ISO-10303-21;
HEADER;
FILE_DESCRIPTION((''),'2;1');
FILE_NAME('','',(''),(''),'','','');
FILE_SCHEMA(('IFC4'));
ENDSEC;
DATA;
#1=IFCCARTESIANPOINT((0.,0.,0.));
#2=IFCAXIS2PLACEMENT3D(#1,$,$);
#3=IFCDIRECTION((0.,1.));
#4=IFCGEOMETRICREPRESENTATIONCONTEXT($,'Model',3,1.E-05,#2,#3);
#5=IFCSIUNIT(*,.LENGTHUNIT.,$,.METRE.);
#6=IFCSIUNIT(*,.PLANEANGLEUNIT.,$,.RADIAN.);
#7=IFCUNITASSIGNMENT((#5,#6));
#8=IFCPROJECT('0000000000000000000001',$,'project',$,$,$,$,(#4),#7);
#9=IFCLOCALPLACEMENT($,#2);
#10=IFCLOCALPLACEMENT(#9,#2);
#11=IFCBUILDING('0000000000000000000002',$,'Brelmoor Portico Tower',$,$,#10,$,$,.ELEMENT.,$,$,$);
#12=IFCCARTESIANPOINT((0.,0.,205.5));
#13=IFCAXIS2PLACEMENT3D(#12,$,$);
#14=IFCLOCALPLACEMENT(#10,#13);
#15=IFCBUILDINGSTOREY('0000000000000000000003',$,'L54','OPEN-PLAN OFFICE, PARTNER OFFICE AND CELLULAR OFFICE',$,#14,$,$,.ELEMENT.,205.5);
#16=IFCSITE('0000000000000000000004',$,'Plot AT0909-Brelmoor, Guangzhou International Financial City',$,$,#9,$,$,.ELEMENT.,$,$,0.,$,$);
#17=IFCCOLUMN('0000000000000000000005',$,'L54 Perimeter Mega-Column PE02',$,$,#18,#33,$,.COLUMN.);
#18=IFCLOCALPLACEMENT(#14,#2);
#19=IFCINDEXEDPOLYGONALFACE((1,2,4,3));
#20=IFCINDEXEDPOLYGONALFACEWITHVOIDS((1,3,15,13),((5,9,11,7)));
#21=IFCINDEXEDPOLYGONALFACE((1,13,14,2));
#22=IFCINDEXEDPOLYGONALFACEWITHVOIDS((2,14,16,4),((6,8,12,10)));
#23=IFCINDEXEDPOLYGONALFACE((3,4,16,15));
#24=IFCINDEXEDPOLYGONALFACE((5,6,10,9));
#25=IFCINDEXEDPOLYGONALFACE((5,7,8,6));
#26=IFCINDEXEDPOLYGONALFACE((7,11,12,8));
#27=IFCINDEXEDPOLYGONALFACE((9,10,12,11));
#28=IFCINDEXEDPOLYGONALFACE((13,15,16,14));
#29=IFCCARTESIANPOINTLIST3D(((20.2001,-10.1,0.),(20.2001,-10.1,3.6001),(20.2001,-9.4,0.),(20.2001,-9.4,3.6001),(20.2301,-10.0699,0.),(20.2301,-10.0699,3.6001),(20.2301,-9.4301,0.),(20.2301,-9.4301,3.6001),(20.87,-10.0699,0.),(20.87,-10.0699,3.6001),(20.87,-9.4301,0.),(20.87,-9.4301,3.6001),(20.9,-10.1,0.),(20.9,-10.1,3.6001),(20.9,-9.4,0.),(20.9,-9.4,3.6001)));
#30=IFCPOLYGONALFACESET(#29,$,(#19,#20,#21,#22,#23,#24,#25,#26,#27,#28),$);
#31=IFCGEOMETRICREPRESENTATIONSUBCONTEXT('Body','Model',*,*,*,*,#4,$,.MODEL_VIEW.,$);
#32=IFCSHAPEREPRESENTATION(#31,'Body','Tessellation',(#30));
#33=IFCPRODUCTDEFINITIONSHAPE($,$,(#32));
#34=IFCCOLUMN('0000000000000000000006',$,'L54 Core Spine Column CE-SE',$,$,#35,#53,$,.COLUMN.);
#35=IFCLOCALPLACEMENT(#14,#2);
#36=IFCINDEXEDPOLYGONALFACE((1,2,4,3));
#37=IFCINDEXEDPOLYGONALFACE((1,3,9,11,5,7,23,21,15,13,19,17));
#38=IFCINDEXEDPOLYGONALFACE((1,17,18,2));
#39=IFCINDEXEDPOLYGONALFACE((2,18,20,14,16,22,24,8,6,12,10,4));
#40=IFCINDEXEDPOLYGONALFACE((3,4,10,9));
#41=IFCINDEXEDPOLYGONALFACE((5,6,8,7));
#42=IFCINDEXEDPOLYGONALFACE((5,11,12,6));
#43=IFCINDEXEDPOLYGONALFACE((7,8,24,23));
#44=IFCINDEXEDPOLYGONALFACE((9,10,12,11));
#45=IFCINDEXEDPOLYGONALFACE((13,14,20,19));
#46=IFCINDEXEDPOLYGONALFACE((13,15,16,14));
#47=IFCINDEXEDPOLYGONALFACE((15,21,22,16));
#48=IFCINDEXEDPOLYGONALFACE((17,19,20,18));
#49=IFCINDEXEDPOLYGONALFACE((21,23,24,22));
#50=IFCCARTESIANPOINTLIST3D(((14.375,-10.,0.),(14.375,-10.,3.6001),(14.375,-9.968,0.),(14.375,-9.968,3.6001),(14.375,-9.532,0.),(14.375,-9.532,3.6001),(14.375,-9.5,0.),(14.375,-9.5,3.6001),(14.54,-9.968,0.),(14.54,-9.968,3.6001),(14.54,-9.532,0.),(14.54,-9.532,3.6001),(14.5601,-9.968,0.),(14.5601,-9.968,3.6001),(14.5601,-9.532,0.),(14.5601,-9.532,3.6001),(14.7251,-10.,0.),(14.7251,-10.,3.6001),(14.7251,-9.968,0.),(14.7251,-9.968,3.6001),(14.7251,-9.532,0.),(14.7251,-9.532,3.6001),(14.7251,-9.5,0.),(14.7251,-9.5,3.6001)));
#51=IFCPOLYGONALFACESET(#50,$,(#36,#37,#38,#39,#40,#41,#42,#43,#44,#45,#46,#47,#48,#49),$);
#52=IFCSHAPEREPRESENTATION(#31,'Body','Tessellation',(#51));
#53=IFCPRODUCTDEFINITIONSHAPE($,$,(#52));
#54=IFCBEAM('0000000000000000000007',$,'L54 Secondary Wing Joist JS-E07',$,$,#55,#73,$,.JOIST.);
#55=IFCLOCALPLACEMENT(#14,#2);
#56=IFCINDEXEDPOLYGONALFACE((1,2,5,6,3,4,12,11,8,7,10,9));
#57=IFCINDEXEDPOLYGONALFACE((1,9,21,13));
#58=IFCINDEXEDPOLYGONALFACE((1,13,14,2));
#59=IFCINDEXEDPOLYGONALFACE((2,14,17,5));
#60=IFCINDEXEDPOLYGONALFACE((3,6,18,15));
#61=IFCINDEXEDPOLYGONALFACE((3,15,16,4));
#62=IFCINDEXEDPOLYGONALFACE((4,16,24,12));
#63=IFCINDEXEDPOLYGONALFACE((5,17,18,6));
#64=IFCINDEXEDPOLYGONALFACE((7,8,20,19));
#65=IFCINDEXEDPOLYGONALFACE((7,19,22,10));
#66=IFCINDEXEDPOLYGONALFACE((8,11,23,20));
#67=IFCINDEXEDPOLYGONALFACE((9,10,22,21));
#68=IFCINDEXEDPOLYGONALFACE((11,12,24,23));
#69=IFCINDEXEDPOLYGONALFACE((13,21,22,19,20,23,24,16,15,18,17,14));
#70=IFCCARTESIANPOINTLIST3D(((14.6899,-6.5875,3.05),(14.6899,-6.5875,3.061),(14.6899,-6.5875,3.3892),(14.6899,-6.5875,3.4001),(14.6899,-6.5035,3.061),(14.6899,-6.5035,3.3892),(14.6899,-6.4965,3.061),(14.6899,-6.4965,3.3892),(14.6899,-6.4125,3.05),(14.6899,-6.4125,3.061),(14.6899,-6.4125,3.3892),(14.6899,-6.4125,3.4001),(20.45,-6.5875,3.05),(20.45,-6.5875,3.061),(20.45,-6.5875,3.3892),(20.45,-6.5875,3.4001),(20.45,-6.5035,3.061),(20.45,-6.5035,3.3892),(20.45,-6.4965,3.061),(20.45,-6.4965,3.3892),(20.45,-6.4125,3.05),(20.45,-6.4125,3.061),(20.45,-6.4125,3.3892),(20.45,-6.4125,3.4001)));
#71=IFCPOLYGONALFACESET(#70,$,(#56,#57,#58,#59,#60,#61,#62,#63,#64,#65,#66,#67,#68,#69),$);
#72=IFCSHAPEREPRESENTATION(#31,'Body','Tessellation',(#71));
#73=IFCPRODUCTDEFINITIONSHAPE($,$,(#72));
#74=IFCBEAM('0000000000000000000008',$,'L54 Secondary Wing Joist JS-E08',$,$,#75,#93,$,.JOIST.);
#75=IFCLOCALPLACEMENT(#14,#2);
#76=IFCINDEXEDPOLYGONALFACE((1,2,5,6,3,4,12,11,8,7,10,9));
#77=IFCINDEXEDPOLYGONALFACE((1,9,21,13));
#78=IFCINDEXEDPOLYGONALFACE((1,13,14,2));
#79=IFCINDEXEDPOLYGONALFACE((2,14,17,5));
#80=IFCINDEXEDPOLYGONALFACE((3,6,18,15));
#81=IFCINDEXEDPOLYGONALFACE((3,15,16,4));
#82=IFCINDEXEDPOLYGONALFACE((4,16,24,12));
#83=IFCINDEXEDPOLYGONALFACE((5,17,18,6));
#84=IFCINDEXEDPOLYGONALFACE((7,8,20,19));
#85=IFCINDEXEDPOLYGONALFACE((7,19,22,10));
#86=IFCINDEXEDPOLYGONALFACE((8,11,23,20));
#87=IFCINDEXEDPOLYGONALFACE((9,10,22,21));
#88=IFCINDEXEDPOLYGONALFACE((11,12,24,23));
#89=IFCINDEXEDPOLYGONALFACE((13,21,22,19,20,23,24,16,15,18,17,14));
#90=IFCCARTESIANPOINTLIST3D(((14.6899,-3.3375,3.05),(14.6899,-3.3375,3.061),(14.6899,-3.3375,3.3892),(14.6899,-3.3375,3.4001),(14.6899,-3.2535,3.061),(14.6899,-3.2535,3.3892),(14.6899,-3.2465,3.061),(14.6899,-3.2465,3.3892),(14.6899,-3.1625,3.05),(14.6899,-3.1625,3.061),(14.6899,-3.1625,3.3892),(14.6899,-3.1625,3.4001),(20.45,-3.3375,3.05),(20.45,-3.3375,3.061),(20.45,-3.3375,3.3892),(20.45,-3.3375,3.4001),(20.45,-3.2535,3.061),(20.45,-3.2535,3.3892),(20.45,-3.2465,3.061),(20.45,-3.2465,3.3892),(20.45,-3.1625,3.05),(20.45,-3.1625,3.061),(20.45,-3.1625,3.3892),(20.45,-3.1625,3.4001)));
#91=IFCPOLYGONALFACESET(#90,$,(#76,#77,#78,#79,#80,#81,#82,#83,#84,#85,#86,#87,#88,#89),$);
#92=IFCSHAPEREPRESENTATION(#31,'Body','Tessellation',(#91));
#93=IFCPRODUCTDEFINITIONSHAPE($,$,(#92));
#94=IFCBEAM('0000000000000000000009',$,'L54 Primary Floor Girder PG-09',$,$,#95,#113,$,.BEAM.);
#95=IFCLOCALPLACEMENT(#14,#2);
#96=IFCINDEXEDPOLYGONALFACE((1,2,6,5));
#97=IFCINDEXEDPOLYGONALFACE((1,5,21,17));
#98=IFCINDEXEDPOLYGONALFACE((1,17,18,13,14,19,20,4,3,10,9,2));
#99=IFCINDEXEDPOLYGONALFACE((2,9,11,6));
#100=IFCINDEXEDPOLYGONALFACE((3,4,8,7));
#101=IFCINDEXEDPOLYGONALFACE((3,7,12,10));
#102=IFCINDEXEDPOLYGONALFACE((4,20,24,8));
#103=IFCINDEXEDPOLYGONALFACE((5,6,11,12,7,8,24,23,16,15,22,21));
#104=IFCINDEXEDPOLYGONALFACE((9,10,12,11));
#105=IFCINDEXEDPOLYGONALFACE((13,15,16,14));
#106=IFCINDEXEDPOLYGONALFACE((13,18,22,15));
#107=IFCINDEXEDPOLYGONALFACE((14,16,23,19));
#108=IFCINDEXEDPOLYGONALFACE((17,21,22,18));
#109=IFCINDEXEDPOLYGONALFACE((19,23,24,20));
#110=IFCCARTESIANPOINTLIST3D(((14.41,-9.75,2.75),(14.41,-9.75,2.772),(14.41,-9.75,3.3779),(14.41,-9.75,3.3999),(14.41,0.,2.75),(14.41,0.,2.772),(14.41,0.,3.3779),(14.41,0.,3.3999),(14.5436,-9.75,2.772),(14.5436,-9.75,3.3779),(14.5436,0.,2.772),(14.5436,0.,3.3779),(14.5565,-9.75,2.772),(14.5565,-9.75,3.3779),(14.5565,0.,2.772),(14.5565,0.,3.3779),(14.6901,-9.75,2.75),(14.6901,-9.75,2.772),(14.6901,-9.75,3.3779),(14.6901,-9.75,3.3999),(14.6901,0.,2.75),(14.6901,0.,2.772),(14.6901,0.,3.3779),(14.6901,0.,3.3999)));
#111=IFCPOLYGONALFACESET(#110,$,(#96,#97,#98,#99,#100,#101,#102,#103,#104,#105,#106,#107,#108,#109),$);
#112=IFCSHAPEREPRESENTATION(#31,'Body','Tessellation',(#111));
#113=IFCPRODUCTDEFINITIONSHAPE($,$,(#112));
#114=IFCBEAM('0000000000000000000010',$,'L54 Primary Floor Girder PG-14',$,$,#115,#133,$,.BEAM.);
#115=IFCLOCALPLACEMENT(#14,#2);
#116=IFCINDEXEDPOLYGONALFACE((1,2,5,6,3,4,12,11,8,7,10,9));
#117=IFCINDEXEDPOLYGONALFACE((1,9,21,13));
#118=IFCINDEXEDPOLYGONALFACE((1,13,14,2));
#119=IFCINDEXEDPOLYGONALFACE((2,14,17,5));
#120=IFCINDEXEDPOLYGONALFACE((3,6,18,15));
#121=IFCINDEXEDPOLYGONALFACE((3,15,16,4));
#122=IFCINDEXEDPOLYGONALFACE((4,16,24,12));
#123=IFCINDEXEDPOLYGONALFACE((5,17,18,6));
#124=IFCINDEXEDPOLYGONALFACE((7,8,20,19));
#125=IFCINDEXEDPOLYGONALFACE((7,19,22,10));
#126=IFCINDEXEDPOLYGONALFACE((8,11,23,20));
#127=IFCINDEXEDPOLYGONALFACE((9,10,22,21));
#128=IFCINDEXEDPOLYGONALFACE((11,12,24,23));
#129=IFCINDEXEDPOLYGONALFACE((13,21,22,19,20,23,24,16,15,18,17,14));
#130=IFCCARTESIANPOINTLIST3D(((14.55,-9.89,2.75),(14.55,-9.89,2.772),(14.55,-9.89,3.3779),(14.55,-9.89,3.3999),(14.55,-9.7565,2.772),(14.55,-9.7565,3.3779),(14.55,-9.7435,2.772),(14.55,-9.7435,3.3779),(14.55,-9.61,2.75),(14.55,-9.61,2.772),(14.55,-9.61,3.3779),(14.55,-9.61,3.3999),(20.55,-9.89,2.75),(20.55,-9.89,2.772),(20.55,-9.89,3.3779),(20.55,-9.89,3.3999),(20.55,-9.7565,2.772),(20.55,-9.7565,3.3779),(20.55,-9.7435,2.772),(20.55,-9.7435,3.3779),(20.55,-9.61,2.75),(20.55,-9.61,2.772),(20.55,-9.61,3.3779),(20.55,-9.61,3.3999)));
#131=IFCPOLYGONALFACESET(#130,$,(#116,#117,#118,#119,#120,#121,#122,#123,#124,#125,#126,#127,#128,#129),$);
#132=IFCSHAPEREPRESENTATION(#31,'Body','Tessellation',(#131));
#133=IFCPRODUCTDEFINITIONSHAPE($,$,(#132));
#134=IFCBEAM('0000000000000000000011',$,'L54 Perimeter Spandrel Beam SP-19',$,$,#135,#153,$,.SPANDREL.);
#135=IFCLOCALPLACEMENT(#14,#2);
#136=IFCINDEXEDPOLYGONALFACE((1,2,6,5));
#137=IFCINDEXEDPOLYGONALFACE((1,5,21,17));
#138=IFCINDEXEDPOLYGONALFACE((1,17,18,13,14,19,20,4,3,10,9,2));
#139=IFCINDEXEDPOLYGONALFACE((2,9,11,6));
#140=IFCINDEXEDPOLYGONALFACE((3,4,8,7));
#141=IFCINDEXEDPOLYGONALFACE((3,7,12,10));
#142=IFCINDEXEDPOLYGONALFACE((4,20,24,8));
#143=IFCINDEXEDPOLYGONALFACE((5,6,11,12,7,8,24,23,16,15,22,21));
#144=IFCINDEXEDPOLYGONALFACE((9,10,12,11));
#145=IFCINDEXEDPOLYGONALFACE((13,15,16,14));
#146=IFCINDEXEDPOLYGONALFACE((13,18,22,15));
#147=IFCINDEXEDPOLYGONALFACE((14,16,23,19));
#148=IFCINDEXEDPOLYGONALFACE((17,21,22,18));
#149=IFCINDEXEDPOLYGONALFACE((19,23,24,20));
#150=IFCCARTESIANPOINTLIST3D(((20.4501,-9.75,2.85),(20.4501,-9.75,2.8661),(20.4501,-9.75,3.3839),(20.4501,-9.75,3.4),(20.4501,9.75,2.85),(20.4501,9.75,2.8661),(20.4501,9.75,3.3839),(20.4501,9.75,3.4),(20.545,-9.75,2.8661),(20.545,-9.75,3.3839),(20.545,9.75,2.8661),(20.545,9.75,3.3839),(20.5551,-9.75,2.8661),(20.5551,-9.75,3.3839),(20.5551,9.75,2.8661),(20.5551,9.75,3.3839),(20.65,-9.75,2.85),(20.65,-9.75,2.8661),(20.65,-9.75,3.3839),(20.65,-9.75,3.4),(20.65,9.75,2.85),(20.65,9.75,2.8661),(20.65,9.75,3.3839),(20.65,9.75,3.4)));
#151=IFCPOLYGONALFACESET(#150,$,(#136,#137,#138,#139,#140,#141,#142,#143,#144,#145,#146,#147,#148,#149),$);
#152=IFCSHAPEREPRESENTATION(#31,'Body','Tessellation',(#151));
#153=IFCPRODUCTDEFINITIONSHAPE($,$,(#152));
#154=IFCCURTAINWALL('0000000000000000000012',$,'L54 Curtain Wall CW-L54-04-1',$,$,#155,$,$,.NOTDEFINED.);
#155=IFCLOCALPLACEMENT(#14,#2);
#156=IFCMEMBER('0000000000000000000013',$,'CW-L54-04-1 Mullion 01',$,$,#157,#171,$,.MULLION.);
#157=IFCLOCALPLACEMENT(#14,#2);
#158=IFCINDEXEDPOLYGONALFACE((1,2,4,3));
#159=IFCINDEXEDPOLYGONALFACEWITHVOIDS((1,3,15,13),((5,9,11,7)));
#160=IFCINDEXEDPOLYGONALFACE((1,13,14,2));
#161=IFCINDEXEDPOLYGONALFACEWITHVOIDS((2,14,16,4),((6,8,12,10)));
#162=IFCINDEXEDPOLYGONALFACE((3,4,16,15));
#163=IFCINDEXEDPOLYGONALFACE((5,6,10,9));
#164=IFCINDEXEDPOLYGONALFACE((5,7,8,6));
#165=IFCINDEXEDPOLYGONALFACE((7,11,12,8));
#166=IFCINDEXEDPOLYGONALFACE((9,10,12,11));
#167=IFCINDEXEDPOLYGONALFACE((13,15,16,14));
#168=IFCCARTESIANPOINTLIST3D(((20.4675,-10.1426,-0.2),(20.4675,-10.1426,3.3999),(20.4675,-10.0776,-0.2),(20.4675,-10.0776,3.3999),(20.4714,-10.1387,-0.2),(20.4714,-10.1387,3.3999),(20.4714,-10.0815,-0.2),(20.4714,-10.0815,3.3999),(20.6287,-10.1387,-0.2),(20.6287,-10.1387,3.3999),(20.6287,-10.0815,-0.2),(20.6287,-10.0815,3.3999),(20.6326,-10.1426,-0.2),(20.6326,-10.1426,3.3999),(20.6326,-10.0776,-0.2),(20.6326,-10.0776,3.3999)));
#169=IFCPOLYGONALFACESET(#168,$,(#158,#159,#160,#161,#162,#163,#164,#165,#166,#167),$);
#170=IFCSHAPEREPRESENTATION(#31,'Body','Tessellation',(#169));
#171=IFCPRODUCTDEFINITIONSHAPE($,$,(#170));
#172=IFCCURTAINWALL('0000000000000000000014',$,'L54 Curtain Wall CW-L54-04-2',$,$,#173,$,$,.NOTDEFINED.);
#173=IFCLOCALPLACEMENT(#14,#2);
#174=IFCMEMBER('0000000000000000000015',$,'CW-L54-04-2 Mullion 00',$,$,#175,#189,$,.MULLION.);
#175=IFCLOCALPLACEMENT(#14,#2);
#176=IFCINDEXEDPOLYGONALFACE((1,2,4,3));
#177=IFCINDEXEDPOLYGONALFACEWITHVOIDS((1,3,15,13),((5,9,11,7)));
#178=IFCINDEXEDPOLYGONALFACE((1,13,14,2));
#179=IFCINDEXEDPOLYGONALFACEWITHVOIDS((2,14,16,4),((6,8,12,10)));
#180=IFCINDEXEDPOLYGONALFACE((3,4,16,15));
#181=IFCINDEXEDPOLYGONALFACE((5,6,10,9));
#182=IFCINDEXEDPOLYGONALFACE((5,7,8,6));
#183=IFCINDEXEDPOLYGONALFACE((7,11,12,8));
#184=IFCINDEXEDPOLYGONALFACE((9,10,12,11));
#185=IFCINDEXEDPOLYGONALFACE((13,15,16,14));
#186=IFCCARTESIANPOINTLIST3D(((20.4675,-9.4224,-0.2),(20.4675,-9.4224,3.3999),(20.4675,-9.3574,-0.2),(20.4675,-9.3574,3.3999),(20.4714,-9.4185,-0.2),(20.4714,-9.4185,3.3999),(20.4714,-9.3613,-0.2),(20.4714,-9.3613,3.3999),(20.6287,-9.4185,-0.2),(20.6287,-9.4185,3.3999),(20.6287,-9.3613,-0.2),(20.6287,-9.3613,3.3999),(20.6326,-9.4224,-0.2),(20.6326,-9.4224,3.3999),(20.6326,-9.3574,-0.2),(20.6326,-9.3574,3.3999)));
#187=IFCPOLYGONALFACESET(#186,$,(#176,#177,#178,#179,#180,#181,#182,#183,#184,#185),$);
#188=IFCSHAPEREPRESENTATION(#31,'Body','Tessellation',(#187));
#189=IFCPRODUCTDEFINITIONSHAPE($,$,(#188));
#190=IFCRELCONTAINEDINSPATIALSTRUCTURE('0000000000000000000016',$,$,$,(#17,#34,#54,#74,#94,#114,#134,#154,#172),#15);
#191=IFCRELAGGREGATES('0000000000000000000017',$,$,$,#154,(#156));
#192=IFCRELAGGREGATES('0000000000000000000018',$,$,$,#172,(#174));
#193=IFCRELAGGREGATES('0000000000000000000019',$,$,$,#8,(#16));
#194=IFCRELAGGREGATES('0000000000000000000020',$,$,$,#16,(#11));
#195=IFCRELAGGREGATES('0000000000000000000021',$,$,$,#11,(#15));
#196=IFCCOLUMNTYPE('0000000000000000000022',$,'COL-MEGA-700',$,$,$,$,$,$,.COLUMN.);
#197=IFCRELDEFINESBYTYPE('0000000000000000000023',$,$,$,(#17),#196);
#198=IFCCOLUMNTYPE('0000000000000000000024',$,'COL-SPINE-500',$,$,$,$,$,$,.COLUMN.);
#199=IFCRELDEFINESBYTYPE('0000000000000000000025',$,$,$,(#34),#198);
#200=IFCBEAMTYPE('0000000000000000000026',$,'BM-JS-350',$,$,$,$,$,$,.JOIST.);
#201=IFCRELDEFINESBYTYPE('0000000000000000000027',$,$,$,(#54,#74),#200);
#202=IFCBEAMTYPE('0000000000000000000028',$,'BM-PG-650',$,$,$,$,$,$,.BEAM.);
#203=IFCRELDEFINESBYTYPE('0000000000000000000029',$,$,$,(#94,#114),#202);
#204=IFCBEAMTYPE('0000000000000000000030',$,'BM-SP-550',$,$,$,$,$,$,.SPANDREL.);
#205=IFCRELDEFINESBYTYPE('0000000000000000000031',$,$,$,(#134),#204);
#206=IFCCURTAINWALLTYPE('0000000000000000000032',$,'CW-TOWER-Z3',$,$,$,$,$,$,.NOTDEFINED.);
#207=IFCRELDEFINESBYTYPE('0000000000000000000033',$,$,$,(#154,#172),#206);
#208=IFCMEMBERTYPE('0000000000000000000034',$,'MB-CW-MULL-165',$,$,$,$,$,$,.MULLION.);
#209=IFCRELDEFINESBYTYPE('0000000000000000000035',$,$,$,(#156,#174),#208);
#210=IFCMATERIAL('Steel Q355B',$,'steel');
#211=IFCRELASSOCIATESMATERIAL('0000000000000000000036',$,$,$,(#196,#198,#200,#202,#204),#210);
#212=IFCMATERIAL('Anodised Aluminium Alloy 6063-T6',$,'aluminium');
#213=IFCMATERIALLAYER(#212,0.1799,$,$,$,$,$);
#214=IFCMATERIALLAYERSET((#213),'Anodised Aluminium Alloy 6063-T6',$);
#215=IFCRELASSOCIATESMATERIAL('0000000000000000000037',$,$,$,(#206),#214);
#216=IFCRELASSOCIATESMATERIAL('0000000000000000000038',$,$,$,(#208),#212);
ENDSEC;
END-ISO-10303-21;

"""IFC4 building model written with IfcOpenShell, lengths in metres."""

from ifc_helpers import new_model, si_unit, direction, frame, origin, origin_2d, place, context, subcontext, project, spatial, hollow_rectangle, i_section, extrude, material, layer, layer_set, material_profile, profile_set, type_object, element, aggregate, save


model = new_model("IFC4")

# Units and contexts
model_context = context("Model", 3, precision=1e-05, world=origin(), true_north=direction((0.0, 1.0)))
body_context = subcontext(model_context, "Body", "Model", "MODEL_VIEW")
ifc_project = project(units=[si_unit("LENGTHUNIT", "METRE"), si_unit("PLANEANGLEUNIT", "RADIAN")], contexts=[model_context])

# Site, building, storey
site_placement = place(None, origin())
site = spatial("IfcSite", under=ifc_project, at=site_placement, Name="Plot AT0909-Brelmoor, Guangzhou International Financial City", CompositionType="ELEMENT", RefElevation=0.0)
building_placement = place(site_placement, origin())
building = spatial("IfcBuilding", under=site, at=building_placement, Name="Brelmoor Portico Tower", CompositionType="ELEMENT")
storey_placement = place(building_placement, frame((0.0, 0.0, 205.5)))
storey = spatial("IfcBuildingStorey", under=building, at=storey_placement, Name="L54", Description="OPEN-PLAN OFFICE, PARTNER OFFICE AND CELLULAR OFFICE", CompositionType="ELEMENT", Elevation=205.5)

# Columns
ifc_material_1 = material(Name="Steel Q355B", Category="steel")
ifc_material_profile_1 = material_profile(ifc_material_1, hollow_rectangle(XDim=0.7, YDim=0.7, WallThickness=0.03, at=origin_2d()), Name="BOX 700x700x30")
ifc_profile_set_1 = profile_set([ifc_material_profile_1], Name="Steel Q355B")
column_type_1 = type_object("IfcColumnType", Name="COL-MEGA-700", PredefinedType="COLUMN", material=ifc_profile_set_1)
column_1_placement = place(storey_placement, frame((20.55, -9.75, 0.0), z_axis=(0.0, 0.0, 1.0), x_axis=(0.0, 1.0, 0.0)))
element("IfcColumn", 1, at=column_1_placement, inside=storey, type_object=column_type_1, Name="L54 Perimeter Mega-Column PE02", PredefinedType="COLUMN", context=body_context, shape_type="SweptSolid", body=[
    extrude(hollow_rectangle(XDim=0.7, YDim=0.7, WallThickness=0.03, at=origin_2d()), origin(), (0.0, 0.0, 1.0), 3.6001),
])
ifc_material_profile_2 = material_profile(ifc_material_1, i_section(OverallWidth=0.3501, OverallDepth=0.5, WebThickness=0.02, FlangeThickness=0.032, at=origin_2d()), Name="HW 500x350x20x32")
ifc_profile_set_2 = profile_set([ifc_material_profile_2], Name="Steel Q355B")
column_type_2 = type_object("IfcColumnType", Name="COL-SPINE-500", PredefinedType="COLUMN", material=ifc_profile_set_2)
column_2_placement = place(storey_placement, frame((14.55, -9.75, 0.0), z_axis=(0.0, 0.0, 1.0), x_axis=(1.0, 0.0, 0.0)))
element("IfcColumn", 2, at=column_2_placement, inside=storey, type_object=column_type_2, Name="L54 Core Spine Column CE-SE", PredefinedType="COLUMN", context=body_context, shape_type="SweptSolid", body=[
    extrude(i_section(OverallWidth=0.3501, OverallDepth=0.5, WebThickness=0.02, FlangeThickness=0.032, at=origin_2d()), origin(), (0.0, 0.0, 1.0), 3.6001),
])

# Beams
ifc_material_profile_3 = material_profile(ifc_material_1, i_section(OverallWidth=0.175, OverallDepth=0.3501, WebThickness=0.0071, FlangeThickness=0.011, at=origin_2d()), Name="HN 350x175x7x11")
ifc_profile_set_3 = profile_set([ifc_material_profile_3], Name="Steel Q355B")
beam_type_1 = type_object("IfcBeamType", Name="BM-JS-350", PredefinedType="JOIST", material=ifc_profile_set_3)
for number, where, z_axis, x_axis, name in (
    (3, (14.6899, -6.5, 3.2251), (1.0, 0.0, 0.0), (0.0, 1.0, 0.0), "L54 Secondary Wing Joist JS-E07"),
    (4, (14.6899, -3.25, 3.2251), (1.0, 0.0, 0.0), (0.0, 1.0, 0.0), "L54 Secondary Wing Joist JS-E08"),
):
    element("IfcBeam", number, at=place(storey_placement, frame(where, z_axis=z_axis, x_axis=x_axis)), inside=storey, type_object=beam_type_1, Name=name, PredefinedType="JOIST", context=body_context, shape_type="SweptSolid", body=[
        extrude(i_section(OverallWidth=0.175, OverallDepth=0.3501, WebThickness=0.0071, FlangeThickness=0.011, at=origin_2d()), origin(), (0.0, 0.0, 1.0), 5.76),
    ])
ifc_material_profile_4 = material_profile(ifc_material_1, i_section(OverallWidth=0.28, OverallDepth=0.6499, WebThickness=0.0129, FlangeThickness=0.022, at=origin_2d()), Name="HN 650x280x13x22")
ifc_profile_set_4 = profile_set([ifc_material_profile_4], Name="Steel Q355B")
beam_type_2 = type_object("IfcBeamType", Name="BM-PG-650", PredefinedType="BEAM", material=ifc_profile_set_4)
beam_1_placement = place(storey_placement, frame((14.55, -9.75, 3.075), z_axis=(0.0, 1.0, 0.0), x_axis=(-1.0, 0.0, 0.0)))
element("IfcBeam", 5, at=beam_1_placement, inside=storey, type_object=beam_type_2, Name="L54 Primary Floor Girder PG-09", PredefinedType="BEAM", context=body_context, shape_type="SweptSolid", body=[
    extrude(i_section(OverallWidth=0.28, OverallDepth=0.6499, WebThickness=0.0129, FlangeThickness=0.022, at=origin_2d()), origin(), (0.0, 0.0, 1.0), 9.75),
])
beam_2_placement = place(storey_placement, frame((14.55, -9.75, 3.075), z_axis=(1.0, 0.0, 0.0), x_axis=(0.0, 1.0, 0.0)))
element("IfcBeam", 6, at=beam_2_placement, inside=storey, type_object=beam_type_2, Name="L54 Primary Floor Girder PG-14", PredefinedType="BEAM", context=body_context, shape_type="SweptSolid", body=[
    extrude(i_section(OverallWidth=0.28, OverallDepth=0.6499, WebThickness=0.0129, FlangeThickness=0.022, at=origin_2d()), origin(), (0.0, 0.0, 1.0), 6.0),
])
ifc_material_profile_5 = material_profile(ifc_material_1, i_section(OverallWidth=0.2, OverallDepth=0.55, WebThickness=0.01, FlangeThickness=0.0161, at=origin_2d()), Name="HN 550x200x10x16")
ifc_profile_set_5 = profile_set([ifc_material_profile_5], Name="Steel Q355B")
beam_type_3 = type_object("IfcBeamType", Name="BM-SP-550", PredefinedType="SPANDREL", material=ifc_profile_set_5)
beam_3_placement = place(storey_placement, frame((20.55, -9.75, 3.125), z_axis=(0.0, 1.0, 0.0), x_axis=(-1.0, 0.0, 0.0)))
element("IfcBeam", 7, at=beam_3_placement, inside=storey, type_object=beam_type_3, Name="L54 Perimeter Spandrel Beam SP-19", PredefinedType="SPANDREL", context=body_context, shape_type="SweptSolid", body=[
    extrude(i_section(OverallWidth=0.2, OverallDepth=0.55, WebThickness=0.01, FlangeThickness=0.0161, at=origin_2d()), origin(), (0.0, 0.0, 1.0), 19.5),
])

# Curtain wall, member
ifc_material_2 = material(Name="Anodised Aluminium Alloy 6063-T6", Category="aluminium")
ifc_layer_1 = layer(ifc_material_2, 0.1799)
ifc_layer_set_1 = layer_set([ifc_layer_1], Name="Anodised Aluminium Alloy 6063-T6")
curtain_wall_type = type_object("IfcCurtainWallType", Name="CW-TOWER-Z3", PredefinedType="NOTDEFINED", material=ifc_layer_set_1)
curtain_wall_1_placement = place(storey_placement, origin())
curtain_wall_1 = element("IfcCurtainWall", 8, at=curtain_wall_1_placement, inside=storey, type_object=curtain_wall_type, Name="L54 Curtain Wall CW-L54-04-1", PredefinedType="NOTDEFINED")
ifc_material_profile_6 = material_profile(ifc_material_2, hollow_rectangle(XDim=0.0649, YDim=0.165, WallThickness=0.0039, at=origin_2d()), Name="ALU MULLION 65x165")
ifc_profile_set_6 = profile_set([ifc_material_profile_6], Name="Anodised Aluminium Alloy 6063-T6")
member_type_1 = type_object("IfcMemberType", Name="MB-CW-MULL-165", PredefinedType="MULLION", material=ifc_profile_set_6)
member_1_placement = place(storey_placement, frame((20.55, -10.1101, -0.2), z_axis=(0.0, 0.0, 1.0), x_axis=(0.0, 1.0, 0.0)))
member_1 = element("IfcMember", 9, at=member_1_placement, type_object=member_type_1, Name="CW-L54-04-1 Mullion 01", PredefinedType="MULLION", context=body_context, shape_type="SweptSolid", body=[
    extrude(hollow_rectangle(XDim=0.0649, YDim=0.165, WallThickness=0.0039, at=origin_2d()), origin(), (0.0, 0.0, 1.0), 3.5999),
])

# Curtain wall, member
curtain_wall_2_placement = place(storey_placement, origin())
curtain_wall_2 = element("IfcCurtainWall", 10, at=curtain_wall_2_placement, inside=storey, type_object=curtain_wall_type, Name="L54 Curtain Wall CW-L54-04-2", PredefinedType="NOTDEFINED")
member_2_placement = place(storey_placement, frame((20.55, -9.3899, -0.2), z_axis=(0.0, 0.0, 1.0), x_axis=(0.0, 1.0, 0.0)))
member_2 = element("IfcMember", 11, at=member_2_placement, type_object=member_type_1, Name="CW-L54-04-2 Mullion 00", PredefinedType="MULLION", context=body_context, shape_type="SweptSolid", body=[
    extrude(hollow_rectangle(XDim=0.0649, YDim=0.165, WallThickness=0.0039, at=origin_2d()), origin(), (0.0, 0.0, 1.0), 3.5999),
])

aggregate(curtain_wall_1, [member_1])
aggregate(curtain_wall_2, [member_2])

save(model, "model.ifc")
